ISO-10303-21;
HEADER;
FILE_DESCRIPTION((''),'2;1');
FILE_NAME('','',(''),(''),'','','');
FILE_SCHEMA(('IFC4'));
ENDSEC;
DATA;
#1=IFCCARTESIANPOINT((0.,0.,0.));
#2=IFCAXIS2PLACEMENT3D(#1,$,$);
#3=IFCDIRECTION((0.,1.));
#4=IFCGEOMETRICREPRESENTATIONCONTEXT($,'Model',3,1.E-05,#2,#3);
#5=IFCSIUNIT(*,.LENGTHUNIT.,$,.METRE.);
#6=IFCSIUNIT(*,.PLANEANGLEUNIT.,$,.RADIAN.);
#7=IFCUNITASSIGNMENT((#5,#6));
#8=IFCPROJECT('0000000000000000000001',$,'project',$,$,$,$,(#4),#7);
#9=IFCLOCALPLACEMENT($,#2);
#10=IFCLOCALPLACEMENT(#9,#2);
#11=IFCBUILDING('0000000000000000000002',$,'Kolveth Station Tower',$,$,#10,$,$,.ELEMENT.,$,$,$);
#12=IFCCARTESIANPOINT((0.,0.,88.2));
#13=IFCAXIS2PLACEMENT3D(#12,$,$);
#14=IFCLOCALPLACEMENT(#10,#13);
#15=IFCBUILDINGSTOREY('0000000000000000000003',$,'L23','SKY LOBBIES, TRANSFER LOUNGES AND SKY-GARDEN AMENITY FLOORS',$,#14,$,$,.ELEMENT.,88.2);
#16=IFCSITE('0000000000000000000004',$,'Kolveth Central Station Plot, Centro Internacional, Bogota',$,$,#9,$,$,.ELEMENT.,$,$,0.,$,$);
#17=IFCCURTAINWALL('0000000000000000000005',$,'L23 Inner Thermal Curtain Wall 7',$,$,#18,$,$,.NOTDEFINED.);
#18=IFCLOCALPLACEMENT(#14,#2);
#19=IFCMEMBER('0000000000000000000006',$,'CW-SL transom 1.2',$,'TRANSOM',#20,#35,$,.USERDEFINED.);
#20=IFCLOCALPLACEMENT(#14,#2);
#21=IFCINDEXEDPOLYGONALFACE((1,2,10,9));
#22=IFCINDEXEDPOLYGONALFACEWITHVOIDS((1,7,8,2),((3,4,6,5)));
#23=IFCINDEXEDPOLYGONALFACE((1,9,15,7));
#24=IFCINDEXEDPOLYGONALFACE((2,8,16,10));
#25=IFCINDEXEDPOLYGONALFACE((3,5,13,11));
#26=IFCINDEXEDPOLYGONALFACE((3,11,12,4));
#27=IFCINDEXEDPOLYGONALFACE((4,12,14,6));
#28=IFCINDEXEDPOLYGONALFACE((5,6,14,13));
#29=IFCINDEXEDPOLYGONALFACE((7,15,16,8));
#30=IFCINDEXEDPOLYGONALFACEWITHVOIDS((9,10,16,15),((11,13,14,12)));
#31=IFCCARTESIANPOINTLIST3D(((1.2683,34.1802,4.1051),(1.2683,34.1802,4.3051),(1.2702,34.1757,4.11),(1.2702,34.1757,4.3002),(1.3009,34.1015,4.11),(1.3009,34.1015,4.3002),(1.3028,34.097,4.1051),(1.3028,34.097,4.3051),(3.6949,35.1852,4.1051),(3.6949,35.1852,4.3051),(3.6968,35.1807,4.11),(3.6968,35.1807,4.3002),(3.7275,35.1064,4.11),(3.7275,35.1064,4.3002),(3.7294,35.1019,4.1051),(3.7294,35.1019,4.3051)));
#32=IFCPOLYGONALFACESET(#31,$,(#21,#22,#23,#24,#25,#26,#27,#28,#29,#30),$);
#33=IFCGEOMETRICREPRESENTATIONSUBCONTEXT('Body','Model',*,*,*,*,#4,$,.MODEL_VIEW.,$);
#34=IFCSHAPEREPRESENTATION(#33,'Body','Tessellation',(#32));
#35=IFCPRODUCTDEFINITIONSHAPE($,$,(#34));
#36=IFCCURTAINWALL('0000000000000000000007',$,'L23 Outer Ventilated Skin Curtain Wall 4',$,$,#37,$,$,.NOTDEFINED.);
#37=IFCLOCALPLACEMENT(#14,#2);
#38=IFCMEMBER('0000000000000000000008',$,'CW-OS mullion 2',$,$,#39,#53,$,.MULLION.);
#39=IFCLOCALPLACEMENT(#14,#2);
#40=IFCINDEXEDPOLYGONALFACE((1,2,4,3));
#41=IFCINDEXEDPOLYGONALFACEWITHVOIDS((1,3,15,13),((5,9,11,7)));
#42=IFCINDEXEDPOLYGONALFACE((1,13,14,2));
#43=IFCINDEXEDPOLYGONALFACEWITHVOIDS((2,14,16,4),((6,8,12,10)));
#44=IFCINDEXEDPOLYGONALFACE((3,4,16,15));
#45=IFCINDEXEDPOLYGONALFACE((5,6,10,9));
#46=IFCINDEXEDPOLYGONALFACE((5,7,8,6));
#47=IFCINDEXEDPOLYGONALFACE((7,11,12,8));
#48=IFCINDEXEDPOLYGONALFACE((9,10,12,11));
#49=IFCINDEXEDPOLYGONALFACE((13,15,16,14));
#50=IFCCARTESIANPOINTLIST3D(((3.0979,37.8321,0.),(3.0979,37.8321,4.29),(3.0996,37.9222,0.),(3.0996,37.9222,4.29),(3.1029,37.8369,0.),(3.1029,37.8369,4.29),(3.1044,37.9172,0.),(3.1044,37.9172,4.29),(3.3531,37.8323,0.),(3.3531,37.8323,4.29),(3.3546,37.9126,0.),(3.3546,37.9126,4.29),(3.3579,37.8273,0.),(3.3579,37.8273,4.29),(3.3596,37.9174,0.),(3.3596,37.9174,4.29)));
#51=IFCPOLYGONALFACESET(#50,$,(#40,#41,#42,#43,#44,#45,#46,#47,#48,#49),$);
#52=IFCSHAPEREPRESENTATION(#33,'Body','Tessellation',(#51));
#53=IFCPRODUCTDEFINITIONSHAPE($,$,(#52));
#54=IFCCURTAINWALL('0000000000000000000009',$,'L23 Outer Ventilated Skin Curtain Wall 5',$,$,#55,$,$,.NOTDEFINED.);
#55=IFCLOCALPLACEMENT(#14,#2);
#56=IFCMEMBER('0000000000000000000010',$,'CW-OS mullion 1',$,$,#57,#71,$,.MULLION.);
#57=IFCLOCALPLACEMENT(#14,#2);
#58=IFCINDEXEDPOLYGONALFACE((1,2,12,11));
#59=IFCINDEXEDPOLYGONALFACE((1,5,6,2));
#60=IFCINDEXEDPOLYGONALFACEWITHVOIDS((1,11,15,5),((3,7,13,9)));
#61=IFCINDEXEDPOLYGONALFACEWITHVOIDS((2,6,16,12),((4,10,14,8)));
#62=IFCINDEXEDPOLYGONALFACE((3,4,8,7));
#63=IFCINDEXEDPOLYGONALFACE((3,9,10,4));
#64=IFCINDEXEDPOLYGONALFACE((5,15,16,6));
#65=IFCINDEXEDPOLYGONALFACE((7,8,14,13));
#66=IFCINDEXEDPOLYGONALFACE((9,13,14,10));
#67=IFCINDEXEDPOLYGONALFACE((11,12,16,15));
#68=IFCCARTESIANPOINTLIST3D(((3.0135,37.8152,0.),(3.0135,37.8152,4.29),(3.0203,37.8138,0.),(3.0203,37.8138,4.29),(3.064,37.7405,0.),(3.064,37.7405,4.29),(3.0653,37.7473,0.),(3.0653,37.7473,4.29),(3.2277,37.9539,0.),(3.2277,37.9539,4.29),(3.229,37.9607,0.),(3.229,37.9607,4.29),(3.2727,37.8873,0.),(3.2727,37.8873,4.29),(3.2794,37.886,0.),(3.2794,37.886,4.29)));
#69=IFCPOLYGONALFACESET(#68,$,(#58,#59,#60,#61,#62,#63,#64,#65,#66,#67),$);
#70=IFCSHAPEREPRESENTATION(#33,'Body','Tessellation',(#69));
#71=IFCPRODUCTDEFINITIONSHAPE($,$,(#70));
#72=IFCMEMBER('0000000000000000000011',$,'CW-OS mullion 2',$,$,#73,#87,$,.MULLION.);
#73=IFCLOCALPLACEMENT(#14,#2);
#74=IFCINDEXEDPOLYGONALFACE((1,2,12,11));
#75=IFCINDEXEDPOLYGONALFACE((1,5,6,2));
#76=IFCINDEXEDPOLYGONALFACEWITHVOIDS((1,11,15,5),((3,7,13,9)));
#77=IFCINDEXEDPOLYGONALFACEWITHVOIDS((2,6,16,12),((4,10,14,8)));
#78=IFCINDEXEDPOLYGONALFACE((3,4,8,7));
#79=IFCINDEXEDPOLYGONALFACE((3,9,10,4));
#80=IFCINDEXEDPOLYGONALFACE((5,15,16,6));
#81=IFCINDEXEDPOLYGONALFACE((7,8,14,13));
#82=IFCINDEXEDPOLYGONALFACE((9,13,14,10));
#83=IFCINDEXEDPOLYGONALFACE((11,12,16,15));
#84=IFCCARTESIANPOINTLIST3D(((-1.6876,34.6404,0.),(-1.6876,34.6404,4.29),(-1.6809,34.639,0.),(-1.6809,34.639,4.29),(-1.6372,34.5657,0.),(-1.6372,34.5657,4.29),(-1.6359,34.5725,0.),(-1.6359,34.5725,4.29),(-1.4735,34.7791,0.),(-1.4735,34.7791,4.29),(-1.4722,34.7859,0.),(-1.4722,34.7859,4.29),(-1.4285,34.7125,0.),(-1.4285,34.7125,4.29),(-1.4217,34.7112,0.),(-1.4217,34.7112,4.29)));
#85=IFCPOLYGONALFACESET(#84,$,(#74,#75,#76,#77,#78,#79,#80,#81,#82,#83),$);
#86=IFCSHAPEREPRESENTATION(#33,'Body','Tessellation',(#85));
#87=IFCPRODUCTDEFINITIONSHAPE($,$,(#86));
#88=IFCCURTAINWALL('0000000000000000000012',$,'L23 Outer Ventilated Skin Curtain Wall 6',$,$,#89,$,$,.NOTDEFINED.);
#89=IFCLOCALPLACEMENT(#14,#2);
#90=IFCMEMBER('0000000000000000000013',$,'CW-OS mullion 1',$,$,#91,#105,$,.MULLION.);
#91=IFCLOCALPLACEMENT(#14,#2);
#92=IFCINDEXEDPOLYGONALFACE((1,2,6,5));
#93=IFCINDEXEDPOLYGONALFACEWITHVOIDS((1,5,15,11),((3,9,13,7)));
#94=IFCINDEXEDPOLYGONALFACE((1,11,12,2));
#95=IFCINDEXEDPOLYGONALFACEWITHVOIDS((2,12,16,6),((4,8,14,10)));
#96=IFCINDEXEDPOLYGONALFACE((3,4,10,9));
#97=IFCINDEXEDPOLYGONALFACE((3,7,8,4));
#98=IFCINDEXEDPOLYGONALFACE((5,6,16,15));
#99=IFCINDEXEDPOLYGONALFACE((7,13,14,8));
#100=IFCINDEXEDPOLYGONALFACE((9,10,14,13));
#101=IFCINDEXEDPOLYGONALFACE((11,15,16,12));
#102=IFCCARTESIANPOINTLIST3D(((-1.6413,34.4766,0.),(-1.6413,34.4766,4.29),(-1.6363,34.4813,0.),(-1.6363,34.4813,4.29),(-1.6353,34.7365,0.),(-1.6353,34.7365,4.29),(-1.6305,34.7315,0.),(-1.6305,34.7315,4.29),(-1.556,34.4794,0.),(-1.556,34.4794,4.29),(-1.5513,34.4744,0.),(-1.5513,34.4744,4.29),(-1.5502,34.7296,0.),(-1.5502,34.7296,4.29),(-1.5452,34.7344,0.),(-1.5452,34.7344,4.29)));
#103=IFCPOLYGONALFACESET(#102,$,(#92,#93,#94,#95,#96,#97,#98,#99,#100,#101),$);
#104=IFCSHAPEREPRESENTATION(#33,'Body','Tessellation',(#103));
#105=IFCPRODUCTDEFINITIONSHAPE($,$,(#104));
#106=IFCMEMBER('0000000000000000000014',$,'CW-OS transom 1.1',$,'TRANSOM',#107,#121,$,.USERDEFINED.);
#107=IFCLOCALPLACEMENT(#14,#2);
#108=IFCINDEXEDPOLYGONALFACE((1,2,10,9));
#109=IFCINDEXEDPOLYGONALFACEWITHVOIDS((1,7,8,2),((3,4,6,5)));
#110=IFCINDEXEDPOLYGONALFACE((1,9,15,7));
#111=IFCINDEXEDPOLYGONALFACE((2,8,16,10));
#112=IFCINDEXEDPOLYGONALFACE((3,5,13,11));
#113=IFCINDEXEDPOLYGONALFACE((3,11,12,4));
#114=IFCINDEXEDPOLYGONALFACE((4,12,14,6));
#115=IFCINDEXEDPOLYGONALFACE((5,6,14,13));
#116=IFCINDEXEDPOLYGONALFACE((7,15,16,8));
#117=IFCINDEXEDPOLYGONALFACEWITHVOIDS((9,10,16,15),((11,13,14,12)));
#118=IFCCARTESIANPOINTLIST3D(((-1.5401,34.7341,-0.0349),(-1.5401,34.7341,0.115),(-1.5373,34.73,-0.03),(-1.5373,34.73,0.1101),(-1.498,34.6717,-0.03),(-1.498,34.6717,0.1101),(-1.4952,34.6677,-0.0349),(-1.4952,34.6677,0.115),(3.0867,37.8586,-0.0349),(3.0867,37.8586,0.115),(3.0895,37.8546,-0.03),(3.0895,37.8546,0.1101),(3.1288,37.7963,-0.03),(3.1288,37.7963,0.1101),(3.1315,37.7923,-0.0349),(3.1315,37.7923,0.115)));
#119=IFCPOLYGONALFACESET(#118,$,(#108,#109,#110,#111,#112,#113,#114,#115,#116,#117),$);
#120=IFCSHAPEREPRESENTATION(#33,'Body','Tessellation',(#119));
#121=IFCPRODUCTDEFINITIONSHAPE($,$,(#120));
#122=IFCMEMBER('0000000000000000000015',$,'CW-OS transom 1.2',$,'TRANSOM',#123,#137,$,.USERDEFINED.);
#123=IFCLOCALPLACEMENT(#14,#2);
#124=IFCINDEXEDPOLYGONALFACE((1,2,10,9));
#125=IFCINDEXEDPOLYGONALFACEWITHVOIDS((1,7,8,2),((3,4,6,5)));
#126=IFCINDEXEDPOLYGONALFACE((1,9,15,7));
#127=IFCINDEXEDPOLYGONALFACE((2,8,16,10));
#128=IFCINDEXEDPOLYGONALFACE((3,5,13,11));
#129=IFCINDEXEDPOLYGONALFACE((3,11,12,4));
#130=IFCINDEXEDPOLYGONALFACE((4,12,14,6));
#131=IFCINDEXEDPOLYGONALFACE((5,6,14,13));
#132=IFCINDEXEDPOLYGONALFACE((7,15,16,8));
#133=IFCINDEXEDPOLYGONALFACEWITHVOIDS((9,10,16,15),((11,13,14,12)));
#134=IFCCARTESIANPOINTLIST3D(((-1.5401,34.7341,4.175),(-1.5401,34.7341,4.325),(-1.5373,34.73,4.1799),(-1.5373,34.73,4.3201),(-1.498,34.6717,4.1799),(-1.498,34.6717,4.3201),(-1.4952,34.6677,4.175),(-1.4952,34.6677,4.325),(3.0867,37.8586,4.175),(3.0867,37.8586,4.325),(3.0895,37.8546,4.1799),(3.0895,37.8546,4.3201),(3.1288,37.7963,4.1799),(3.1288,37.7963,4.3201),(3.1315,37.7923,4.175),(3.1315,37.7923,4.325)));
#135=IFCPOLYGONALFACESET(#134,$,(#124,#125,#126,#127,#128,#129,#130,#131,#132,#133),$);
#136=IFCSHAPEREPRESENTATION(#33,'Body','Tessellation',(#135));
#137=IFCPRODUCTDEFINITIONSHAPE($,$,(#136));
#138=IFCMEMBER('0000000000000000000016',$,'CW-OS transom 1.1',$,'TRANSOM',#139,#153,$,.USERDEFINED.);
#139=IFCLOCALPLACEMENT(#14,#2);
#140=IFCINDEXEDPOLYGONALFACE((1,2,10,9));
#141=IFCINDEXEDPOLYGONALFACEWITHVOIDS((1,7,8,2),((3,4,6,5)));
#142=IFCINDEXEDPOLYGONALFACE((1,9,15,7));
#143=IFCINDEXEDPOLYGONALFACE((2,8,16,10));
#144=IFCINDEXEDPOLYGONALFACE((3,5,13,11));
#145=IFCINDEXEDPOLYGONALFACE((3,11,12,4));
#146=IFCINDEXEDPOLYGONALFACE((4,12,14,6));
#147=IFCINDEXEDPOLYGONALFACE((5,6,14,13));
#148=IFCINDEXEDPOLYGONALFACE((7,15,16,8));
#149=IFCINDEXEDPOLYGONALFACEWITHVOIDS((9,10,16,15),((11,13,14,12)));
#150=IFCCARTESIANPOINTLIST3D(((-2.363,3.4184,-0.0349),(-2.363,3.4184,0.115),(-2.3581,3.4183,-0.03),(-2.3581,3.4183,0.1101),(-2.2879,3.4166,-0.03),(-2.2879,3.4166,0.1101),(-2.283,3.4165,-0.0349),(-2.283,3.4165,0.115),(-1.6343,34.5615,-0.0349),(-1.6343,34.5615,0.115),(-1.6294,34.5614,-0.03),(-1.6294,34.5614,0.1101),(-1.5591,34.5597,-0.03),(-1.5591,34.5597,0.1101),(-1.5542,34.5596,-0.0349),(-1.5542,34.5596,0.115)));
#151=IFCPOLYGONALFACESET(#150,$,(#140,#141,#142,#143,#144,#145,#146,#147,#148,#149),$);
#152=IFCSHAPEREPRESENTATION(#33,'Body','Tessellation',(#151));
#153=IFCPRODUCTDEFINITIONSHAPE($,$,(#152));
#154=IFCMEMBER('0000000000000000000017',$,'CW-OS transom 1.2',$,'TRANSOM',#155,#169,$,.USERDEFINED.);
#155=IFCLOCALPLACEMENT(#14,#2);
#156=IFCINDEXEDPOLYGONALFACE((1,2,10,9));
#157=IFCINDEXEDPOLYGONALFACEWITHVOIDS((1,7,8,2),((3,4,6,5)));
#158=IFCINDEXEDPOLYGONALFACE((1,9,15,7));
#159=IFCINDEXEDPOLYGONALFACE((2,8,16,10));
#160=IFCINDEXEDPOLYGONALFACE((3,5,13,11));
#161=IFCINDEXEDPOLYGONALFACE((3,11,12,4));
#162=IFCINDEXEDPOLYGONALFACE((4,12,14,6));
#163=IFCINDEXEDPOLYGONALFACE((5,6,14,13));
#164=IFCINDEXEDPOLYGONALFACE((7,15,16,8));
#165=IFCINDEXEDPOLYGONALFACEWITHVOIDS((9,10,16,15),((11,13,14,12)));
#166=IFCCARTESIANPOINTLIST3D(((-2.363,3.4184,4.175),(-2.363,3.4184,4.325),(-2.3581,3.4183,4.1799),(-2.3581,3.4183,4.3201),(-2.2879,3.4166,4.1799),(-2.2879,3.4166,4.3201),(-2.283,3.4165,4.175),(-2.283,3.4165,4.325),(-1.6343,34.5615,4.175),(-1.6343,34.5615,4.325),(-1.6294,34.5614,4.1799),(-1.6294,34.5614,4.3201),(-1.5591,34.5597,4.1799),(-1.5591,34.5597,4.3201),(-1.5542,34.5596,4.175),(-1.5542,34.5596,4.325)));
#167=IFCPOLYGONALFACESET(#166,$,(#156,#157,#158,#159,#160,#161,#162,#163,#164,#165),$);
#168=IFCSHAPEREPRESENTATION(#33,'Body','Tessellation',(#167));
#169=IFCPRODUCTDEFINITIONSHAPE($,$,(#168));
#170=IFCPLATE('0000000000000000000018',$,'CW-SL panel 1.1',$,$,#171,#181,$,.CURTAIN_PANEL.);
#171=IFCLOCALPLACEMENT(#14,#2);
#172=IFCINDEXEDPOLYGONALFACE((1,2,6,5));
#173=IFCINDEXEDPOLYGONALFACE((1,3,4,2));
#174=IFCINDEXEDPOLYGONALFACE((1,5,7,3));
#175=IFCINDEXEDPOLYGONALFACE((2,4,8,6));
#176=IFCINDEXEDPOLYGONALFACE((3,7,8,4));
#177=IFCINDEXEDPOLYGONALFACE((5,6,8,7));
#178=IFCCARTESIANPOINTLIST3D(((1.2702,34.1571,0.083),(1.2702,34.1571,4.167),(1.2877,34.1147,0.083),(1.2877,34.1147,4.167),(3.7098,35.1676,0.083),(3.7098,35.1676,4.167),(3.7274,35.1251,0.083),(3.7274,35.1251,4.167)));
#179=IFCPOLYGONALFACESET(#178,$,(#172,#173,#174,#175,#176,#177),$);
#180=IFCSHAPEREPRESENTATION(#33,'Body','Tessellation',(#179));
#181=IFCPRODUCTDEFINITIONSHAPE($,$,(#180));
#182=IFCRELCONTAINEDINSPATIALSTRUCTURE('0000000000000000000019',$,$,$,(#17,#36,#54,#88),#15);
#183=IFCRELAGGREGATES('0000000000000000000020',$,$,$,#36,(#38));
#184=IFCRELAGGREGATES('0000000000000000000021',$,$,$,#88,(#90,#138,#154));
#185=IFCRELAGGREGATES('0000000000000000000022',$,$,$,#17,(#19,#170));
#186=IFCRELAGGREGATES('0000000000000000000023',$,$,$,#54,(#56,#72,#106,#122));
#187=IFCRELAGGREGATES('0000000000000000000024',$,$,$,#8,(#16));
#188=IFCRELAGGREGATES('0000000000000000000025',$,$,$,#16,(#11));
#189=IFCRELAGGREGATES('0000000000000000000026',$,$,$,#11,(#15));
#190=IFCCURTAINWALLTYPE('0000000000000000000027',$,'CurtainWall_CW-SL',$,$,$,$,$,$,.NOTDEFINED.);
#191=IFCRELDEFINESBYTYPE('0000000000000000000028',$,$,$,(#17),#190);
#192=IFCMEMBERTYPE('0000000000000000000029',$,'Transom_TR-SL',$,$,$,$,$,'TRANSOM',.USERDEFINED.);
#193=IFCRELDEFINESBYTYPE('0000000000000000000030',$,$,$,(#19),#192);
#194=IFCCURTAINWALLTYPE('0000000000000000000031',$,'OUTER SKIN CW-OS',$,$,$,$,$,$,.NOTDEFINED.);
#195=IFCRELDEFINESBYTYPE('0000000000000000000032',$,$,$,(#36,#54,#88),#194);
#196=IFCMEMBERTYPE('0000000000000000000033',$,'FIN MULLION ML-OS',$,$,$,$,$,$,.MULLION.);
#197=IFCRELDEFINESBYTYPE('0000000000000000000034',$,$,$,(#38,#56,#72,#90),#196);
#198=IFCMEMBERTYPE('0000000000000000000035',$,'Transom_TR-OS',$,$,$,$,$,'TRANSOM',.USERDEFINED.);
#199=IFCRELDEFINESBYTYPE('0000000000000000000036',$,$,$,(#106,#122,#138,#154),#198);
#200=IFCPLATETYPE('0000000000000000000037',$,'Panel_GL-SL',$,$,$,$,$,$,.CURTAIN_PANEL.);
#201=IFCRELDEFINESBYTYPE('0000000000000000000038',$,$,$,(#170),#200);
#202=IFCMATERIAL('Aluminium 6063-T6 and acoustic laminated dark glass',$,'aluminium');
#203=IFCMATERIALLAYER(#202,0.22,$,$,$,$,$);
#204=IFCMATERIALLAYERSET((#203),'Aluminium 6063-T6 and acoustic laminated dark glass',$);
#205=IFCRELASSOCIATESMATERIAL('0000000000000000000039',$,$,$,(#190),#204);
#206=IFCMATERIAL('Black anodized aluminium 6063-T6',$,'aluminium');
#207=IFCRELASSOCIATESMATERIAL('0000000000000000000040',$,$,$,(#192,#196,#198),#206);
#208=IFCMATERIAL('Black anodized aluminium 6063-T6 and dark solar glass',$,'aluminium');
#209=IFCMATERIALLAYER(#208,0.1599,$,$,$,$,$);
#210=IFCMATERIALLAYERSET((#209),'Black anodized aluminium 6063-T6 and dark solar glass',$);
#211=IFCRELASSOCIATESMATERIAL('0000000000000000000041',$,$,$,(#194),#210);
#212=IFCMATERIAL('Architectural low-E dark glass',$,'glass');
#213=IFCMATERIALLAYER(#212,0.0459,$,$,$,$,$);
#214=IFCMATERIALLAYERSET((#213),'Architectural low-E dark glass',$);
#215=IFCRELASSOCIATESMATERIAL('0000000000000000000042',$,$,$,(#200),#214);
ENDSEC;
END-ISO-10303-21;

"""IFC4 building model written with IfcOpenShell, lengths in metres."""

from ifc_helpers import new_model, si_unit, direction, frame, origin, origin_2d, place, context, subcontext, project, spatial, rectangle, hollow_rectangle, extrude, source, transform, mapped, material, layer, layer_set, material_profile, profile_set, type_object, element, aggregate, save


model = new_model("IFC4")

# Units and contexts
model_context = context("Model", 3, precision=1e-05, world=origin(), true_north=direction((0.0, 1.0)))
body_context = subcontext(model_context, "Body", "Model", "MODEL_VIEW")
ifc_project = project(units=[si_unit("LENGTHUNIT", "METRE"), si_unit("PLANEANGLEUNIT", "RADIAN")], contexts=[model_context])

# Site, building, storey
site_placement = place(None, origin())
site = spatial("IfcSite", under=ifc_project, at=site_placement, Name="Kolveth Central Station Plot, Centro Internacional, Bogota", CompositionType="ELEMENT", RefElevation=0.0)
building_placement = place(site_placement, origin())
building = spatial("IfcBuilding", under=site, at=building_placement, Name="Kolveth Station Tower", CompositionType="ELEMENT")
storey_placement = place(building_placement, frame((0.0, 0.0, 88.2)))
storey = spatial("IfcBuildingStorey", under=building, at=storey_placement, Name="L23", Description="SKY LOBBIES, TRANSFER LOUNGES AND SKY-GARDEN AMENITY FLOORS", CompositionType="ELEMENT", Elevation=88.2)

# Shared definitions
ifc_material_1 = material(Name="Aluminium 6063-T6 and acoustic laminated dark glass", Category="aluminium")
ifc_layer_1 = layer(ifc_material_1, 0.22)
ifc_layer_set_1 = layer_set([ifc_layer_1], Name="Aluminium 6063-T6 and acoustic laminated dark glass")
curtain_wall_type_1 = type_object("IfcCurtainWallType", Name="CurtainWall_CW-SL", PredefinedType="NOTDEFINED", material=ifc_layer_set_1)
ifc_material_2 = material(Name="Black anodized aluminium 6063-T6", Category="aluminium")

# Curtain wall
curtain_wall_1_placement = place(storey_placement, origin())
curtain_wall_1 = element("IfcCurtainWall", 1, at=curtain_wall_1_placement, inside=storey, type_object=curtain_wall_type_1, Name="L23 Inner Thermal Curtain Wall 7", PredefinedType="NOTDEFINED")

# Member
ifc_material_profile_1 = material_profile(ifc_material_2, hollow_rectangle(XDim=0.0901, YDim=0.2, WallThickness=0.0049, at=origin_2d()), Name="ALU-90x200x5")
ifc_profile_set_1 = profile_set([ifc_material_profile_1], Name="Black anodized aluminium 6063-T6")
member_type_1 = type_object("IfcMemberType", Name="Transom_TR-SL", ElementType="TRANSOM", PredefinedType="USERDEFINED", material=ifc_profile_set_1)
shared_shape_1 = source(origin(), body_context, "Body", "SweptSolid", [
    extrude(hollow_rectangle(XDim=0.0901, YDim=0.2, WallThickness=0.0049, at=origin_2d()), origin(), (0.0, 0.0, 1.0), 2.6265),
])
member_1_placement = place(storey_placement, frame((3.7122, 35.1436, 4.2051), z_axis=(-0.923908, -0.382615, 0.0), x_axis=(0.382615, -0.923908, 0.0)))
member_1 = element("IfcMember", 2, at=member_1_placement, type_object=member_type_1, Name="CW-SL transom 1.2", ObjectType="TRANSOM", PredefinedType="USERDEFINED", context=body_context, shape_type="MappedRepresentation", body=[
    mapped(shared_shape_1, transform((0.0, 0.0, 0.0), x_axis=(1.0, 0.0, 0.0), y_axis=(0.0, 1.0, 0.0), z_axis=(0.0, 0.0, 1.0), scale=1.0)),
])

# Curtain wall, member
ifc_material_3 = material(Name="Black anodized aluminium 6063-T6 and dark solar glass", Category="aluminium")
ifc_layer_2 = layer(ifc_material_3, 0.1599)
ifc_layer_set_2 = layer_set([ifc_layer_2], Name="Black anodized aluminium 6063-T6 and dark solar glass")
curtain_wall_type_2 = type_object("IfcCurtainWallType", Name="OUTER SKIN CW-OS", PredefinedType="NOTDEFINED", material=ifc_layer_set_2)
curtain_wall_2_placement = place(storey_placement, origin())
curtain_wall_2 = element("IfcCurtainWall", 3, at=curtain_wall_2_placement, inside=storey, type_object=curtain_wall_type_2, Name="L23 Outer Ventilated Skin Curtain Wall 4", PredefinedType="NOTDEFINED")
ifc_material_profile_2 = material_profile(ifc_material_2, hollow_rectangle(XDim=0.0901, YDim=0.26, WallThickness=0.0049, at=origin_2d()), Name="ALU-90x260x5")
ifc_profile_set_2 = profile_set([ifc_material_profile_2], Name="Black anodized aluminium 6063-T6")
member_type_2 = type_object("IfcMemberType", Name="FIN MULLION ML-OS", PredefinedType="MULLION", material=ifc_profile_set_2)
shared_shape_2 = source(origin(), body_context, "Body", "SweptSolid", [
    extrude(hollow_rectangle(XDim=0.0901, YDim=0.26, WallThickness=0.0049, at=origin_2d()), origin(), (0.0, 0.0, 1.0), 4.29),
])
member_2_placement = place(storey_placement, frame((3.2288, 37.8748, 0.0), z_axis=(0.0, 0.0, 1.0), x_axis=(-0.018595, -0.999827, 0.0)))
member_2 = element("IfcMember", 4, at=member_2_placement, type_object=member_type_2, Name="CW-OS mullion 2", PredefinedType="MULLION", context=body_context, shape_type="MappedRepresentation", body=[
    mapped(shared_shape_2, transform((0.0, 0.0, 0.0), x_axis=(1.0, 0.0, 0.0), y_axis=(0.0, 1.0, 0.0), z_axis=(0.0, 0.0, 1.0), scale=1.0)),
])
aggregate(curtain_wall_2, [member_2])

# Curtain wall, members
curtain_wall_3_placement = place(storey_placement, origin())
curtain_wall_3 = element("IfcCurtainWall", 5, at=curtain_wall_3_placement, inside=storey, type_object=curtain_wall_type_2, Name="L23 Outer Ventilated Skin Curtain Wall 5", PredefinedType="NOTDEFINED")
member_3_placement = place(storey_placement, frame((3.1465, 37.8506, 0.0), z_axis=(0.0, 0.0, 1.0), x_axis=(0.559648, -0.828731, 0.0)))
member_3 = element("IfcMember", 6, at=member_3_placement, type_object=member_type_2, Name="CW-OS mullion 1", PredefinedType="MULLION", context=body_context, shape_type="MappedRepresentation", body=[
    mapped(shared_shape_2, transform((0.0, 0.0, 0.0), x_axis=(1.0, 0.0, 0.0), y_axis=(0.0, 1.0, 0.0), z_axis=(0.0, 0.0, 1.0), scale=1.0)),
])
member_4_placement = place(storey_placement, frame((-1.5547, 34.6758, 0.0), z_axis=(0.0, 0.0, 1.0), x_axis=(0.559648, -0.828731, 0.0)))
member_4 = element("IfcMember", 7, at=member_4_placement, type_object=member_type_2, Name="CW-OS mullion 2", PredefinedType="MULLION", context=body_context, shape_type="MappedRepresentation", body=[
    mapped(shared_shape_2, transform((0.0, 0.0, 0.0), x_axis=(1.0, 0.0, 0.0), y_axis=(0.0, 1.0, 0.0), z_axis=(0.0, 0.0, 1.0), scale=1.0)),
])

# Curtain wall, member
curtain_wall_4_placement = place(storey_placement, origin())
curtain_wall_4 = element("IfcCurtainWall", 8, at=curtain_wall_4_placement, inside=storey, type_object=curtain_wall_type_2, Name="L23 Outer Ventilated Skin Curtain Wall 6", PredefinedType="NOTDEFINED")
member_5_placement = place(storey_placement, frame((-1.5933, 34.6055, 0.0), z_axis=(0.0, 0.0, 1.0), x_axis=(0.999726, -0.023398, 0.0)))
member_5 = element("IfcMember", 9, at=member_5_placement, type_object=member_type_2, Name="CW-OS mullion 1", PredefinedType="MULLION", context=body_context, shape_type="MappedRepresentation", body=[
    mapped(shared_shape_2, transform((0.0, 0.0, 0.0), x_axis=(1.0, 0.0, 0.0), y_axis=(0.0, 1.0, 0.0), z_axis=(0.0, 0.0, 1.0), scale=1.0)),
])

# Members
ifc_material_profile_3 = material_profile(ifc_material_2, hollow_rectangle(XDim=0.0801, YDim=0.1499, WallThickness=0.0049, at=origin_2d()), Name="ALU-80x150x5")
ifc_profile_set_3 = profile_set([ifc_material_profile_3], Name="Black anodized aluminium 6063-T6")
member_type_3 = type_object("IfcMemberType", Name="Transom_TR-OS", ElementType="TRANSOM", PredefinedType="USERDEFINED", material=ifc_profile_set_3)
shared_shape_3 = source(origin(), body_context, "Body", "SweptSolid", [
    extrude(hollow_rectangle(XDim=0.0801, YDim=0.1499, WallThickness=0.0049, at=origin_2d()), origin(), (0.0, 0.0, 1.0), 5.583),
])
member_6_placement = place(storey_placement, frame((3.1091, 37.8254, 0.04), z_axis=(-0.828725, -0.559655, 0.0), x_axis=(0.559655, -0.828725, 0.0)))
member_6 = element("IfcMember", 10, at=member_6_placement, type_object=member_type_3, Name="CW-OS transom 1.1", ObjectType="TRANSOM", PredefinedType="USERDEFINED", context=body_context, shape_type="MappedRepresentation", body=[
    mapped(shared_shape_3, transform((0.0, 0.0, 0.0), x_axis=(1.0, 0.0, 0.0), y_axis=(0.0, 1.0, 0.0), z_axis=(0.0, 0.0, 1.0), scale=1.0)),
])
member_7_placement = place(storey_placement, frame((3.1091, 37.8254, 4.25), z_axis=(-0.828725, -0.559655, 0.0), x_axis=(0.559655, -0.828725, 0.0)))
member_7 = element("IfcMember", 11, at=member_7_placement, type_object=member_type_3, Name="CW-OS transom 1.2", ObjectType="TRANSOM", PredefinedType="USERDEFINED", context=body_context, shape_type="MappedRepresentation", body=[
    mapped(shared_shape_3, transform((0.0, 0.0, 0.0), x_axis=(1.0, 0.0, 0.0), y_axis=(0.0, 1.0, 0.0), z_axis=(0.0, 0.0, 1.0), scale=1.0)),
])
shared_shape_4 = source(origin(), body_context, "Body", "SweptSolid", [
    extrude(hollow_rectangle(XDim=0.0801, YDim=0.1499, WallThickness=0.0049, at=origin_2d()), origin(), (0.0, 0.0, 1.0), 31.1516),
])
member_8_placement = place(storey_placement, frame((-1.5942, 34.5605, 0.04), z_axis=(-0.023394, -0.999726, 0.0), x_axis=(0.999726, -0.023394, 0.0)))
member_8 = element("IfcMember", 12, at=member_8_placement, type_object=member_type_3, Name="CW-OS transom 1.1", ObjectType="TRANSOM", PredefinedType="USERDEFINED", context=body_context, shape_type="MappedRepresentation", body=[
    mapped(shared_shape_4, transform((0.0, 0.0, 0.0), x_axis=(1.0, 0.0, 0.0), y_axis=(0.0, 1.0, 0.0), z_axis=(0.0, 0.0, 1.0), scale=1.0)),
])
member_9_placement = place(storey_placement, frame((-1.5942, 34.5605, 4.25), z_axis=(-0.023394, -0.999726, 0.0), x_axis=(0.999726, -0.023394, 0.0)))
member_9 = element("IfcMember", 13, at=member_9_placement, type_object=member_type_3, Name="CW-OS transom 1.2", ObjectType="TRANSOM", PredefinedType="USERDEFINED", context=body_context, shape_type="MappedRepresentation", body=[
    mapped(shared_shape_4, transform((0.0, 0.0, 0.0), x_axis=(1.0, 0.0, 0.0), y_axis=(0.0, 1.0, 0.0), z_axis=(0.0, 0.0, 1.0), scale=1.0)),
])
aggregate(curtain_wall_4, [member_5, member_8, member_9])

# Plate
ifc_material_4 = material(Name="Architectural low-E dark glass", Category="glass")
ifc_layer_3 = layer(ifc_material_4, 0.0459)
ifc_layer_set_3 = layer_set([ifc_layer_3], Name="Architectural low-E dark glass")
plate_type_1 = type_object("IfcPlateType", Name="Panel_GL-SL", PredefinedType="CURTAIN_PANEL", material=ifc_layer_set_3)
shared_shape_5 = source(origin(), body_context, "Body", "SweptSolid", [
    extrude(rectangle(XDim=2.6406, YDim=0.0459, at=origin_2d()), origin(), (0.0, 0.0, 1.0), 4.084),
])
plate_1_placement = place(storey_placement, frame((2.4988, 34.6411, 0.083), z_axis=(0.0, 0.0, 1.0), x_axis=(-0.923888, -0.382663, 0.0)))
plate_1 = element("IfcPlate", 14, at=plate_1_placement, type_object=plate_type_1, Name="CW-SL panel 1.1", PredefinedType="CURTAIN_PANEL", context=body_context, shape_type="MappedRepresentation", body=[
    mapped(shared_shape_5, transform((0.0, 0.0, 0.0), x_axis=(1.0, 0.0, 0.0), y_axis=(0.0, 1.0, 0.0), z_axis=(0.0, 0.0, 1.0), scale=1.0)),
])
aggregate(curtain_wall_1, [member_1, plate_1])
aggregate(curtain_wall_3, [member_3, member_4, member_6, member_7])

save(model, "model.ifc")
